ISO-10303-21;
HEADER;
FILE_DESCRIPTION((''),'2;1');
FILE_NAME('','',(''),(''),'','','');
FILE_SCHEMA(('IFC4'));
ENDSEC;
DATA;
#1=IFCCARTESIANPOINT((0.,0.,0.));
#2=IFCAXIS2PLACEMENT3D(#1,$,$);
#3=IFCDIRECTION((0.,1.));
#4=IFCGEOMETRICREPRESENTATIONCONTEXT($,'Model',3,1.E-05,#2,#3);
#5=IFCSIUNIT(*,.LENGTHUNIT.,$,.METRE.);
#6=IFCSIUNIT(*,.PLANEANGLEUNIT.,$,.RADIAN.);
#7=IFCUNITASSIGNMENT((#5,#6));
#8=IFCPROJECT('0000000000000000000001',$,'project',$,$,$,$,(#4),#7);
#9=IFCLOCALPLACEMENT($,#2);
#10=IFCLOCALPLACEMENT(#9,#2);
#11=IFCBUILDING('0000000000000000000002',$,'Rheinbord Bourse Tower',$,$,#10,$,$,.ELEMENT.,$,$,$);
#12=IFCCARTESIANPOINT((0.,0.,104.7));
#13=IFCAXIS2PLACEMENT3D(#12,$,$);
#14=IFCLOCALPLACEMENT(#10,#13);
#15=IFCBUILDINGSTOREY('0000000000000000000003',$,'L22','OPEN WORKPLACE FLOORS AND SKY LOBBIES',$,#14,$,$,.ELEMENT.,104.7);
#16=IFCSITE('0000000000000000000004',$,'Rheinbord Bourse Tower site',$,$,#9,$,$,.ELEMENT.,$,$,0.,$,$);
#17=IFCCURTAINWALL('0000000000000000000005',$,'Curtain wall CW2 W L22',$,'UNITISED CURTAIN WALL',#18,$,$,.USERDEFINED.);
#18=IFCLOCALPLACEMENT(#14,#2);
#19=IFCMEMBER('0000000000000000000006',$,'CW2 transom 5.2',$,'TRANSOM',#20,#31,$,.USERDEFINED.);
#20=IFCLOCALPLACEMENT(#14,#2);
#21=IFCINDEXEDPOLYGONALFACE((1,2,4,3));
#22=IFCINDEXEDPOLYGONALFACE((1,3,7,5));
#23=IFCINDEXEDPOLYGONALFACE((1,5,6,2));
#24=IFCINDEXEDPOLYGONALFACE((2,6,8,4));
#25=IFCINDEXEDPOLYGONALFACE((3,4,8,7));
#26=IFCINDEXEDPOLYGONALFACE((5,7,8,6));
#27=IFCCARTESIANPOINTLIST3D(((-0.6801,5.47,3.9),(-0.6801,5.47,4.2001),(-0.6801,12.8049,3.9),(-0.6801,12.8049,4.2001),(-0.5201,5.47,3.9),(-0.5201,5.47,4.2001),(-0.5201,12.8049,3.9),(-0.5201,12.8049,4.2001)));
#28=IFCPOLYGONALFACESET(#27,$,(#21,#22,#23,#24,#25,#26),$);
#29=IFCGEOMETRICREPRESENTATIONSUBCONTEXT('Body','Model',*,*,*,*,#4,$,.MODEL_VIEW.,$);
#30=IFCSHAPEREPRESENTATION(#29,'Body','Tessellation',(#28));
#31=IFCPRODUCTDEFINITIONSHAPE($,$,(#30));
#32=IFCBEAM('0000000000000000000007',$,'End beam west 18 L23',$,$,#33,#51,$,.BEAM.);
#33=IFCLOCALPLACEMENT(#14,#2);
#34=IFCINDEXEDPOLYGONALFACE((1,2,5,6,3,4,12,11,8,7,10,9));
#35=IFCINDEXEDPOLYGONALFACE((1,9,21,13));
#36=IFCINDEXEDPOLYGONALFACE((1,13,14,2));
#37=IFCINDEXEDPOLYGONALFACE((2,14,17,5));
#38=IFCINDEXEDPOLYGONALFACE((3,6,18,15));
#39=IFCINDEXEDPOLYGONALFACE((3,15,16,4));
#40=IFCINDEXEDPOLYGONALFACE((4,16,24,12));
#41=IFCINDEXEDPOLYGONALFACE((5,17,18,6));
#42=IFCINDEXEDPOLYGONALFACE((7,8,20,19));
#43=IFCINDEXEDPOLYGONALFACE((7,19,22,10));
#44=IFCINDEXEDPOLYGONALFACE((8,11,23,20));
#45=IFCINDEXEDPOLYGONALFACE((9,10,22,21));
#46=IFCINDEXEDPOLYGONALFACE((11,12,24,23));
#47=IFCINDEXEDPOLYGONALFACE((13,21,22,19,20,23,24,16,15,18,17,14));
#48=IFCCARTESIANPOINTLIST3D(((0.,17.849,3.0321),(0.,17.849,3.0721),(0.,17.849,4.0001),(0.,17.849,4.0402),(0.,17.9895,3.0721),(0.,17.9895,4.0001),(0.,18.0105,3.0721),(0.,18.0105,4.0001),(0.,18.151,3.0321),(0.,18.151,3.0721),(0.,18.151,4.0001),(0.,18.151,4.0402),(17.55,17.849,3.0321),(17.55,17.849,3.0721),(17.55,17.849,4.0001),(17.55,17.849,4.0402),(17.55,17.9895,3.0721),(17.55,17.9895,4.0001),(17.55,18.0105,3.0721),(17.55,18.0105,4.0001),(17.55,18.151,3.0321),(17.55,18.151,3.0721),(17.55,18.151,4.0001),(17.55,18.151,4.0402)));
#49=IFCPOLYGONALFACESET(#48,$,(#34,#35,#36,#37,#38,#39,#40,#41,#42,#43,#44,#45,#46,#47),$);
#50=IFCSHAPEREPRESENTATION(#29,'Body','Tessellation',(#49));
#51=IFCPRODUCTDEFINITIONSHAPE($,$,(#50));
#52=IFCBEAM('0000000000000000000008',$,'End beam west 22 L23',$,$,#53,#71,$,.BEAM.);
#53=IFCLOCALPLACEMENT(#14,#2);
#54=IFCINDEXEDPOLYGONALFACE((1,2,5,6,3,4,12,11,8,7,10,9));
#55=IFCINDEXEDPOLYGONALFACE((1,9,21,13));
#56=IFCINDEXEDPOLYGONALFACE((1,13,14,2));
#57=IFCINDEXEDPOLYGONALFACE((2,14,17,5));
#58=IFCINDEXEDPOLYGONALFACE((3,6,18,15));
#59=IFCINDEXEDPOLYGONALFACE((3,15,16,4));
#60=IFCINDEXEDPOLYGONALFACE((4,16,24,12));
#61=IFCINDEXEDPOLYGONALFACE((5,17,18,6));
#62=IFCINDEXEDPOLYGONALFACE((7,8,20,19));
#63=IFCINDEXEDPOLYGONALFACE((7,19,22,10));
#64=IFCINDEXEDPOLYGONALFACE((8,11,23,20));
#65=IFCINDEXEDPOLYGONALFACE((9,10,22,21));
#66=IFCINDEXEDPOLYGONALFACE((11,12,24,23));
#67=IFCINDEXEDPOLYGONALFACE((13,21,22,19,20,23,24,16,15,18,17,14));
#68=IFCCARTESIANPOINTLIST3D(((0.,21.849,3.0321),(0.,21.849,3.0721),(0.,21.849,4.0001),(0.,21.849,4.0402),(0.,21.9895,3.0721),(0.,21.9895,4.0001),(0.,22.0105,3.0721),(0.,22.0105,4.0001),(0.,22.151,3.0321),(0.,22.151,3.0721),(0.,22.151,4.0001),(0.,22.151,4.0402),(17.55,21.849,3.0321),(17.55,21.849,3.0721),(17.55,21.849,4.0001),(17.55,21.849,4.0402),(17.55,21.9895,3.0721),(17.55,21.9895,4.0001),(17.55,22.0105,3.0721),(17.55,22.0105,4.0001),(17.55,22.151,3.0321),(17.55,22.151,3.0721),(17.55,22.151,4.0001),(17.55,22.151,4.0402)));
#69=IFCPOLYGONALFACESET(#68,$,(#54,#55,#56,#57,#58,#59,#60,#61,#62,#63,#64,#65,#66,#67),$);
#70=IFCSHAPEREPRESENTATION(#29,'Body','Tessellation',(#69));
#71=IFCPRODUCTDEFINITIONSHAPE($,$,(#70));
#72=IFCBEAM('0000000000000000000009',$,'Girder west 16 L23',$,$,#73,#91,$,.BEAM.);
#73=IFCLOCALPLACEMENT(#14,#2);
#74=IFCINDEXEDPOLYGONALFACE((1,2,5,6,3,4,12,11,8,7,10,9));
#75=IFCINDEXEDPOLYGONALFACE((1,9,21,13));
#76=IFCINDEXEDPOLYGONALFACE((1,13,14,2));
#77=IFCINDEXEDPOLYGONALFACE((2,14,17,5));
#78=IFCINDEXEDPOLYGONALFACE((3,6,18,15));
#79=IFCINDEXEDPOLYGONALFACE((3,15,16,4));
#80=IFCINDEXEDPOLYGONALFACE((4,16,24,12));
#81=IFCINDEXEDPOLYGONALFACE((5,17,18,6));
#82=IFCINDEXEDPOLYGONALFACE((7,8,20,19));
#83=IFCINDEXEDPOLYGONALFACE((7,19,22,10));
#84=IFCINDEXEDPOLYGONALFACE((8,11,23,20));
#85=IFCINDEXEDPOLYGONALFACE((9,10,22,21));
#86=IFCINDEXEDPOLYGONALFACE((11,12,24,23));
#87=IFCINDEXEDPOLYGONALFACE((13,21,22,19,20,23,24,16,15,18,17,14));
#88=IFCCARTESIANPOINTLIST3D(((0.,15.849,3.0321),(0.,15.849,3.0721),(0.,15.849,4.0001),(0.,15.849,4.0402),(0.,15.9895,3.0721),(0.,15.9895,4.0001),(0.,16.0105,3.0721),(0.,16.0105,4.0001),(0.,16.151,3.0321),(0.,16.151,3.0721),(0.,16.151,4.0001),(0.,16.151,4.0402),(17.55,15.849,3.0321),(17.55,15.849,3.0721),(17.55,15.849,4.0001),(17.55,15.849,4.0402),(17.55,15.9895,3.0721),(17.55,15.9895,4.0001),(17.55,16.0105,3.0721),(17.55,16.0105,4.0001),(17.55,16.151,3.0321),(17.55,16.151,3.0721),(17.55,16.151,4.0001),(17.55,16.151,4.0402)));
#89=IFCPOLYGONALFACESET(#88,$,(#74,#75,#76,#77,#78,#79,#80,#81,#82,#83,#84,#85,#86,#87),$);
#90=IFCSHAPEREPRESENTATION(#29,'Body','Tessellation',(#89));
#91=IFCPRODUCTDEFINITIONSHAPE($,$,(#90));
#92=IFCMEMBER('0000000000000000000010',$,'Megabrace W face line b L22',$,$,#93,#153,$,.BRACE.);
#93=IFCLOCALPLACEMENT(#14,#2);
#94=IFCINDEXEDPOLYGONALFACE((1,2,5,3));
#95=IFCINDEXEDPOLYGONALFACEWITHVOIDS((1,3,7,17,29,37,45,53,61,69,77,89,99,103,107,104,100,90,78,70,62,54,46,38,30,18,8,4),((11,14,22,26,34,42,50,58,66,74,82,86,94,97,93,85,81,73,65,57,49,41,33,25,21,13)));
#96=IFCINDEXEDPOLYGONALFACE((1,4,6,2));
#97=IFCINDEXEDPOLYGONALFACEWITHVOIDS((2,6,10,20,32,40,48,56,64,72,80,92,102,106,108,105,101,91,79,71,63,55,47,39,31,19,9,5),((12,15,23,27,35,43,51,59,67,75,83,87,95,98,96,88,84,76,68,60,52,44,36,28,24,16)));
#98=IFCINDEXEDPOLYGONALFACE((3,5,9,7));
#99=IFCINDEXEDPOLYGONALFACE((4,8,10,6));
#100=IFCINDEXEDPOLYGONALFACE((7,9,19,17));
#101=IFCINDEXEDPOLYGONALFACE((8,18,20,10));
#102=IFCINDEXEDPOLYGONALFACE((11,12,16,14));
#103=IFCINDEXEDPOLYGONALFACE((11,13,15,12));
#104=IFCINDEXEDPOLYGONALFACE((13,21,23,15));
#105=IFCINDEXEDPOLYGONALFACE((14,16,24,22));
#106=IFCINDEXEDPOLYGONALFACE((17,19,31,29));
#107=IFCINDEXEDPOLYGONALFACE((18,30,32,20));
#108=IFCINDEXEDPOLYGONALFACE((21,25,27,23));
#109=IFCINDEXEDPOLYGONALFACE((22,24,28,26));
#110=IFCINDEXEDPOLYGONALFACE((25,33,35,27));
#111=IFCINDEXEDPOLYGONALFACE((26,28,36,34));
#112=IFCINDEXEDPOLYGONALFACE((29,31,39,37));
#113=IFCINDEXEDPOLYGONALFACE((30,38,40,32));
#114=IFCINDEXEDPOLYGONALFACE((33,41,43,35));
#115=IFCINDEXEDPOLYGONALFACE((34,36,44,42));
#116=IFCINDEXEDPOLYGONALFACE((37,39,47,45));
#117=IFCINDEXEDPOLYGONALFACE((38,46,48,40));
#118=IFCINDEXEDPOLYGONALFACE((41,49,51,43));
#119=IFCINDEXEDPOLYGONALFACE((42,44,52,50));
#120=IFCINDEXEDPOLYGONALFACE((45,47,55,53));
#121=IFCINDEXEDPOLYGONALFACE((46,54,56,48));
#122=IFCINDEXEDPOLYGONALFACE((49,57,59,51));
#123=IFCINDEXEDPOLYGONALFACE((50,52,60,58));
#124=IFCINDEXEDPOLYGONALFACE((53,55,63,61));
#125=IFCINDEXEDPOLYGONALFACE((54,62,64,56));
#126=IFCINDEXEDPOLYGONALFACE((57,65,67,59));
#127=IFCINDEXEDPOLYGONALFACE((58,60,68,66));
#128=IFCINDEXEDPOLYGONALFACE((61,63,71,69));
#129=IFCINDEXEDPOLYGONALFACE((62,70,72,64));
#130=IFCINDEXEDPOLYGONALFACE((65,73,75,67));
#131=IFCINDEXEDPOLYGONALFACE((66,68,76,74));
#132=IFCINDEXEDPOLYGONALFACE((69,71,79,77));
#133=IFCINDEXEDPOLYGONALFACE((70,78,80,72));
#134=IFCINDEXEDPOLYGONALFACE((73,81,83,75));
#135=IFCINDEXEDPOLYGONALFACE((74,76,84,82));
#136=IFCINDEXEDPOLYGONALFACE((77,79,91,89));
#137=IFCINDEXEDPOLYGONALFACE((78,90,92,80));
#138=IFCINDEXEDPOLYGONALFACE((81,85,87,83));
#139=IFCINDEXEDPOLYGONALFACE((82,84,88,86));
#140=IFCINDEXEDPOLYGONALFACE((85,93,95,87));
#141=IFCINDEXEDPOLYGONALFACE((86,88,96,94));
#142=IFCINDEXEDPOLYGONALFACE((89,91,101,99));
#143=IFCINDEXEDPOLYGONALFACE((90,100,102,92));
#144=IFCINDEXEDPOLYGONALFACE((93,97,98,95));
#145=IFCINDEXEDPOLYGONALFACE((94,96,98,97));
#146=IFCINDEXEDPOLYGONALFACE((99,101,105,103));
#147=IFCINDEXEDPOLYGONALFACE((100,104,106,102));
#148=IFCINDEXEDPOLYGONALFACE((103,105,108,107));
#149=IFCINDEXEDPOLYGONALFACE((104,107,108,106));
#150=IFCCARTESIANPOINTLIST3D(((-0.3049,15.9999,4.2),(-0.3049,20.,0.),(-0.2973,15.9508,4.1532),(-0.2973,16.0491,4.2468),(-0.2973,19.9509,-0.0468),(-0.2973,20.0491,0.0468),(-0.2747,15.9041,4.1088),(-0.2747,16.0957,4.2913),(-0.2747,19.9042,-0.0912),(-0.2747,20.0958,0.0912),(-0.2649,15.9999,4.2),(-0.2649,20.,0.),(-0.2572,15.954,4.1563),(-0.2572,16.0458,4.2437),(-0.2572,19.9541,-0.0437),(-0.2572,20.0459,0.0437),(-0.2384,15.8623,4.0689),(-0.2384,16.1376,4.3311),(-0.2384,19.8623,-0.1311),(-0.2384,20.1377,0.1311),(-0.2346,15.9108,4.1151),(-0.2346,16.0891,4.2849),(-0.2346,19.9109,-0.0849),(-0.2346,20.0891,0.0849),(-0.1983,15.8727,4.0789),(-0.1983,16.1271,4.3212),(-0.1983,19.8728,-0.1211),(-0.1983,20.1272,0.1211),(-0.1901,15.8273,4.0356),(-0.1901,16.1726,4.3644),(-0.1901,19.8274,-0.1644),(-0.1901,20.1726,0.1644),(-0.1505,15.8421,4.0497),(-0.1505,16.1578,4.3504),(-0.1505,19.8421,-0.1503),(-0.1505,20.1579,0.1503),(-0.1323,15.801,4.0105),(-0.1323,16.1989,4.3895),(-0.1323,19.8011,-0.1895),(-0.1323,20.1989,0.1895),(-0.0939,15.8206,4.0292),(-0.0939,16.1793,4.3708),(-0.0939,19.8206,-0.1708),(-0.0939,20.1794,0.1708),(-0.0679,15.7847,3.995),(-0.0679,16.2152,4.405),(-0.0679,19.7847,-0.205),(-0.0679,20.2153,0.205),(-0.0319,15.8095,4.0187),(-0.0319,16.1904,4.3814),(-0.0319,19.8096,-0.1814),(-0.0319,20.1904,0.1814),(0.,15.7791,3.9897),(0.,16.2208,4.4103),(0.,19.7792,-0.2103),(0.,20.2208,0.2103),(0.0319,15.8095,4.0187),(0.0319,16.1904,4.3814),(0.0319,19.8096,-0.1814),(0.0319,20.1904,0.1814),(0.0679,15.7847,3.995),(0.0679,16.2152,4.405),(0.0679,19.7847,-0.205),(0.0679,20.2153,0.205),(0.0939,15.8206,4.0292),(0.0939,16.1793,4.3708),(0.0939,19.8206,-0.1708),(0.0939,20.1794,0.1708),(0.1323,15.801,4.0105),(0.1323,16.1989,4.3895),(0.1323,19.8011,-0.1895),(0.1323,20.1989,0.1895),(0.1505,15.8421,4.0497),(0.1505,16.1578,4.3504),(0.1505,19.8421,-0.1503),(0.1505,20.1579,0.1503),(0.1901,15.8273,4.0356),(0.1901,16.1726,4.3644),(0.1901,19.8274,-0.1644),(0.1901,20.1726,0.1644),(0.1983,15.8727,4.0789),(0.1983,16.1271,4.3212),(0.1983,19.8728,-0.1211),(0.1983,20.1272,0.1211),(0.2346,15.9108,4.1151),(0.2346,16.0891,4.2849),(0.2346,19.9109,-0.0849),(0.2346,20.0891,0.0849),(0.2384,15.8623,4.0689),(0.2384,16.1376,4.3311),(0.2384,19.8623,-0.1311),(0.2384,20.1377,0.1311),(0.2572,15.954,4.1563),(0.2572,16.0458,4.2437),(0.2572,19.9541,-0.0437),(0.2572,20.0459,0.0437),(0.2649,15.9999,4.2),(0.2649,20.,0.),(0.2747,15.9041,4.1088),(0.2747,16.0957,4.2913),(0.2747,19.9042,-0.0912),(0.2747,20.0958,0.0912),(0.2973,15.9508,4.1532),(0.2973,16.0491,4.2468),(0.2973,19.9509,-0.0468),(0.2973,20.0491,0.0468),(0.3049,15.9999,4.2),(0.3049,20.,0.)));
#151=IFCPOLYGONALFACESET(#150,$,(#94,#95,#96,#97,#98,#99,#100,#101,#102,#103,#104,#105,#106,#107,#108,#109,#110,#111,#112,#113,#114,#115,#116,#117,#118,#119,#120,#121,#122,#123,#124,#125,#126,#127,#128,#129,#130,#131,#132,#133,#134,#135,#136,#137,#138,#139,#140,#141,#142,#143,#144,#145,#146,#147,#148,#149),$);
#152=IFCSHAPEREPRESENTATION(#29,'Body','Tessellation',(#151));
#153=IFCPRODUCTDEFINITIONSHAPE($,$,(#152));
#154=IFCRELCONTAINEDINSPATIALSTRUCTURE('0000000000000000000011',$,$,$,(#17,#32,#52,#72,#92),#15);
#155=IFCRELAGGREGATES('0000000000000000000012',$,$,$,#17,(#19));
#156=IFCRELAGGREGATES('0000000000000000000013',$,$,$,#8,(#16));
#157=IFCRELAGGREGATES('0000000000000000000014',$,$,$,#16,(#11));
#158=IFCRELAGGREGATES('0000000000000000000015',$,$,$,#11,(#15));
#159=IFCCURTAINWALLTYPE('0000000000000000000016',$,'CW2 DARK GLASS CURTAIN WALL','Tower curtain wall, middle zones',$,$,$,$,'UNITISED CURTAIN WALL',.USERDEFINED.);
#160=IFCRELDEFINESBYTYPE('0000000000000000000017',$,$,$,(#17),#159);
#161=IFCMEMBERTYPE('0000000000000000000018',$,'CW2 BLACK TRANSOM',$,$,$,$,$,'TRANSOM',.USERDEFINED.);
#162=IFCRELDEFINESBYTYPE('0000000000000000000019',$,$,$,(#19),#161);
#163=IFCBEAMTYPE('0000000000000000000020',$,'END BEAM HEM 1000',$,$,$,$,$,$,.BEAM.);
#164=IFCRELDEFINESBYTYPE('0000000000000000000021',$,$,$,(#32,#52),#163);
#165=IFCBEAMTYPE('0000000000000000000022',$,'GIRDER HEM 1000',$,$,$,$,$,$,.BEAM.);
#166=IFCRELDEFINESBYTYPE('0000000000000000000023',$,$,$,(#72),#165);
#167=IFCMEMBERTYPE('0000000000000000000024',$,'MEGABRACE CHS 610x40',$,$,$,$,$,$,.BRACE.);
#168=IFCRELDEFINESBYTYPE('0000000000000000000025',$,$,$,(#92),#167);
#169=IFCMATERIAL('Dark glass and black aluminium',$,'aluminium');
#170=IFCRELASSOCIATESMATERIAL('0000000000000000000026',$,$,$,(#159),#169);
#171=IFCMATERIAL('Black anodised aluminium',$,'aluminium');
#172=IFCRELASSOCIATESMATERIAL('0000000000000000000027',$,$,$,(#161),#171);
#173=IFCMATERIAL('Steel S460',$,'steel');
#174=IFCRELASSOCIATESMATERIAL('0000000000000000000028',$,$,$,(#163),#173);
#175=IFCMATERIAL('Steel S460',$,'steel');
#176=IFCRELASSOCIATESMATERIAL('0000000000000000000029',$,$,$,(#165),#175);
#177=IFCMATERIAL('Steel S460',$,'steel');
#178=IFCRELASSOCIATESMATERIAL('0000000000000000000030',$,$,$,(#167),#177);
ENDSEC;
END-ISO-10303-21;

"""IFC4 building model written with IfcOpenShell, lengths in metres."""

from ifc_helpers import new_model, si_unit, direction, frame, origin, origin_2d, place, context, subcontext, project, spatial, rectangle, hollow_circle, i_section, extrude, material, material_profile, profile_set, type_object, element, aggregate, save


model = new_model("IFC4")

# Units and contexts
model_context = context("Model", 3, precision=1e-05, world=origin(), true_north=direction((0.0, 1.0)))
body_context = subcontext(model_context, "Body", "Model", "MODEL_VIEW")
ifc_project = project(units=[si_unit("LENGTHUNIT", "METRE"), si_unit("PLANEANGLEUNIT", "RADIAN")], contexts=[model_context])

# Site, building, storey
site_placement = place(None, origin())
site = spatial("IfcSite", under=ifc_project, at=site_placement, Name="Rheinbord Bourse Tower site", CompositionType="ELEMENT", RefElevation=0.0)
building_placement = place(site_placement, origin())
building = spatial("IfcBuilding", under=site, at=building_placement, Name="Rheinbord Bourse Tower", CompositionType="ELEMENT")
storey_placement = place(building_placement, frame((0.0, 0.0, 104.7)))
storey = spatial("IfcBuildingStorey", under=building, at=storey_placement, Name="L22", Description="OPEN WORKPLACE FLOORS AND SKY LOBBIES", CompositionType="ELEMENT", Elevation=104.7)

# Curtain wall, member
ifc_material_1 = material(Name="Dark glass and black aluminium", Category="aluminium")
curtain_wall_type = type_object("IfcCurtainWallType", Name="CW2 DARK GLASS CURTAIN WALL", Description="Tower curtain wall, middle zones", ElementType="UNITISED CURTAIN WALL", PredefinedType="USERDEFINED", material=ifc_material_1)
curtain_wall_placement = place(storey_placement, origin())
curtain_wall = element("IfcCurtainWall", 1, at=curtain_wall_placement, inside=storey, type_object=curtain_wall_type, Name="Curtain wall CW2 W L22", ObjectType="UNITISED CURTAIN WALL", PredefinedType="USERDEFINED")
ifc_material_2 = material(Name="Black anodised aluminium", Category="aluminium")
ifc_material_profile_1 = material_profile(ifc_material_2, rectangle(XDim=0.1599, YDim=0.3, at=origin_2d()), Name="CW2 TRANSOM 300x160")
ifc_profile_set_1 = profile_set([ifc_material_profile_1], Name="Black anodised aluminium")
member_type_1 = type_object("IfcMemberType", Name="CW2 BLACK TRANSOM", ElementType="TRANSOM", PredefinedType="USERDEFINED", material=ifc_profile_set_1)
member_1_placement = place(storey_placement, frame((-0.6001, 12.8049, 4.05), z_axis=(0.0, -1.0, 0.0), x_axis=(1.0, 0.0, 0.0)))
member_1 = element("IfcMember", 2, at=member_1_placement, type_object=member_type_1, Name="CW2 transom 5.2", ObjectType="TRANSOM", PredefinedType="USERDEFINED", context=body_context, shape_type="SweptSolid", body=[
    extrude(rectangle(XDim=0.1599, YDim=0.3, at=origin_2d()), origin(), (0.0, 0.0, 1.0), 7.335),
])

# Beams
ifc_material_3 = material(Name="Steel S460", Category="steel")
ifc_material_profile_2 = material_profile(ifc_material_3, i_section(OverallWidth=0.302, OverallDepth=1.0081, WebThickness=0.021, FlangeThickness=0.04, at=origin_2d()), Name="HEM 1000")
ifc_profile_set_2 = profile_set([ifc_material_profile_2], Name="Steel S460")
beam_type_1 = type_object("IfcBeamType", Name="END BEAM HEM 1000", PredefinedType="BEAM", material=ifc_profile_set_2)
for number, where, z_axis, x_axis, name in (
    (3, (0.0, 18.0, 3.5361), (1.0, 0.0, 0.0), (0.0, 1.0, 0.0), "End beam west 18 L23"),
    (4, (0.0, 22.0, 3.5361), (1.0, 0.0, 0.0), (0.0, 1.0, 0.0), "End beam west 22 L23"),
):
    element("IfcBeam", number, at=place(storey_placement, frame(where, z_axis=z_axis, x_axis=x_axis)), inside=storey, type_object=beam_type_1, Name=name, PredefinedType="BEAM", context=body_context, shape_type="SweptSolid", body=[
        extrude(i_section(OverallWidth=0.302, OverallDepth=1.0081, WebThickness=0.021, FlangeThickness=0.04, at=origin_2d()), origin(), (0.0, 0.0, 1.0), 17.55),
    ])
ifc_material_4 = material(Name="Steel S460", Category="steel")
ifc_material_profile_3 = material_profile(ifc_material_4, i_section(OverallWidth=0.302, OverallDepth=1.0081, WebThickness=0.021, FlangeThickness=0.04, at=origin_2d()), Name="HEM 1000")
ifc_profile_set_3 = profile_set([ifc_material_profile_3], Name="Steel S460")
beam_type_2 = type_object("IfcBeamType", Name="GIRDER HEM 1000", PredefinedType="BEAM", material=ifc_profile_set_3)
beam_1_placement = place(storey_placement, frame((0.0, 16.0, 3.5361), z_axis=(1.0, 0.0, 0.0), x_axis=(0.0, 1.0, 0.0)))
element("IfcBeam", 5, at=beam_1_placement, inside=storey, type_object=beam_type_2, Name="Girder west 16 L23", PredefinedType="BEAM", context=body_context, shape_type="SweptSolid", body=[
    extrude(i_section(OverallWidth=0.302, OverallDepth=1.0081, WebThickness=0.021, FlangeThickness=0.04, at=origin_2d()), origin(), (0.0, 0.0, 1.0), 17.55),
])

# Member
ifc_material_5 = material(Name="Steel S460", Category="steel")
ifc_material_profile_4 = material_profile(ifc_material_5, hollow_circle(Radius=0.3049, WallThickness=0.04, at=origin_2d()), Name="CHS 610x40")
ifc_profile_set_4 = profile_set([ifc_material_profile_4], Name="Steel S460")
member_type_2 = type_object("IfcMemberType", Name="MEGABRACE CHS 610x40", PredefinedType="BRACE", material=ifc_profile_set_4)
member_2_placement = place(storey_placement, frame((0.0, 20.0, 0.0), z_axis=(0.0, -0.689659, 0.724134), x_axis=(1.0, 0.0, 0.0)))
element("IfcMember", 6, at=member_2_placement, inside=storey, type_object=member_type_2, Name="Megabrace W face line b L22", PredefinedType="BRACE", context=body_context, shape_type="SweptSolid", body=[
    extrude(hollow_circle(Radius=0.3049, WallThickness=0.04, at=origin_2d()), origin(), (0.0, 0.0, 1.0), 5.8),
])

aggregate(curtain_wall, [member_1])

save(model, "model.ifc")
